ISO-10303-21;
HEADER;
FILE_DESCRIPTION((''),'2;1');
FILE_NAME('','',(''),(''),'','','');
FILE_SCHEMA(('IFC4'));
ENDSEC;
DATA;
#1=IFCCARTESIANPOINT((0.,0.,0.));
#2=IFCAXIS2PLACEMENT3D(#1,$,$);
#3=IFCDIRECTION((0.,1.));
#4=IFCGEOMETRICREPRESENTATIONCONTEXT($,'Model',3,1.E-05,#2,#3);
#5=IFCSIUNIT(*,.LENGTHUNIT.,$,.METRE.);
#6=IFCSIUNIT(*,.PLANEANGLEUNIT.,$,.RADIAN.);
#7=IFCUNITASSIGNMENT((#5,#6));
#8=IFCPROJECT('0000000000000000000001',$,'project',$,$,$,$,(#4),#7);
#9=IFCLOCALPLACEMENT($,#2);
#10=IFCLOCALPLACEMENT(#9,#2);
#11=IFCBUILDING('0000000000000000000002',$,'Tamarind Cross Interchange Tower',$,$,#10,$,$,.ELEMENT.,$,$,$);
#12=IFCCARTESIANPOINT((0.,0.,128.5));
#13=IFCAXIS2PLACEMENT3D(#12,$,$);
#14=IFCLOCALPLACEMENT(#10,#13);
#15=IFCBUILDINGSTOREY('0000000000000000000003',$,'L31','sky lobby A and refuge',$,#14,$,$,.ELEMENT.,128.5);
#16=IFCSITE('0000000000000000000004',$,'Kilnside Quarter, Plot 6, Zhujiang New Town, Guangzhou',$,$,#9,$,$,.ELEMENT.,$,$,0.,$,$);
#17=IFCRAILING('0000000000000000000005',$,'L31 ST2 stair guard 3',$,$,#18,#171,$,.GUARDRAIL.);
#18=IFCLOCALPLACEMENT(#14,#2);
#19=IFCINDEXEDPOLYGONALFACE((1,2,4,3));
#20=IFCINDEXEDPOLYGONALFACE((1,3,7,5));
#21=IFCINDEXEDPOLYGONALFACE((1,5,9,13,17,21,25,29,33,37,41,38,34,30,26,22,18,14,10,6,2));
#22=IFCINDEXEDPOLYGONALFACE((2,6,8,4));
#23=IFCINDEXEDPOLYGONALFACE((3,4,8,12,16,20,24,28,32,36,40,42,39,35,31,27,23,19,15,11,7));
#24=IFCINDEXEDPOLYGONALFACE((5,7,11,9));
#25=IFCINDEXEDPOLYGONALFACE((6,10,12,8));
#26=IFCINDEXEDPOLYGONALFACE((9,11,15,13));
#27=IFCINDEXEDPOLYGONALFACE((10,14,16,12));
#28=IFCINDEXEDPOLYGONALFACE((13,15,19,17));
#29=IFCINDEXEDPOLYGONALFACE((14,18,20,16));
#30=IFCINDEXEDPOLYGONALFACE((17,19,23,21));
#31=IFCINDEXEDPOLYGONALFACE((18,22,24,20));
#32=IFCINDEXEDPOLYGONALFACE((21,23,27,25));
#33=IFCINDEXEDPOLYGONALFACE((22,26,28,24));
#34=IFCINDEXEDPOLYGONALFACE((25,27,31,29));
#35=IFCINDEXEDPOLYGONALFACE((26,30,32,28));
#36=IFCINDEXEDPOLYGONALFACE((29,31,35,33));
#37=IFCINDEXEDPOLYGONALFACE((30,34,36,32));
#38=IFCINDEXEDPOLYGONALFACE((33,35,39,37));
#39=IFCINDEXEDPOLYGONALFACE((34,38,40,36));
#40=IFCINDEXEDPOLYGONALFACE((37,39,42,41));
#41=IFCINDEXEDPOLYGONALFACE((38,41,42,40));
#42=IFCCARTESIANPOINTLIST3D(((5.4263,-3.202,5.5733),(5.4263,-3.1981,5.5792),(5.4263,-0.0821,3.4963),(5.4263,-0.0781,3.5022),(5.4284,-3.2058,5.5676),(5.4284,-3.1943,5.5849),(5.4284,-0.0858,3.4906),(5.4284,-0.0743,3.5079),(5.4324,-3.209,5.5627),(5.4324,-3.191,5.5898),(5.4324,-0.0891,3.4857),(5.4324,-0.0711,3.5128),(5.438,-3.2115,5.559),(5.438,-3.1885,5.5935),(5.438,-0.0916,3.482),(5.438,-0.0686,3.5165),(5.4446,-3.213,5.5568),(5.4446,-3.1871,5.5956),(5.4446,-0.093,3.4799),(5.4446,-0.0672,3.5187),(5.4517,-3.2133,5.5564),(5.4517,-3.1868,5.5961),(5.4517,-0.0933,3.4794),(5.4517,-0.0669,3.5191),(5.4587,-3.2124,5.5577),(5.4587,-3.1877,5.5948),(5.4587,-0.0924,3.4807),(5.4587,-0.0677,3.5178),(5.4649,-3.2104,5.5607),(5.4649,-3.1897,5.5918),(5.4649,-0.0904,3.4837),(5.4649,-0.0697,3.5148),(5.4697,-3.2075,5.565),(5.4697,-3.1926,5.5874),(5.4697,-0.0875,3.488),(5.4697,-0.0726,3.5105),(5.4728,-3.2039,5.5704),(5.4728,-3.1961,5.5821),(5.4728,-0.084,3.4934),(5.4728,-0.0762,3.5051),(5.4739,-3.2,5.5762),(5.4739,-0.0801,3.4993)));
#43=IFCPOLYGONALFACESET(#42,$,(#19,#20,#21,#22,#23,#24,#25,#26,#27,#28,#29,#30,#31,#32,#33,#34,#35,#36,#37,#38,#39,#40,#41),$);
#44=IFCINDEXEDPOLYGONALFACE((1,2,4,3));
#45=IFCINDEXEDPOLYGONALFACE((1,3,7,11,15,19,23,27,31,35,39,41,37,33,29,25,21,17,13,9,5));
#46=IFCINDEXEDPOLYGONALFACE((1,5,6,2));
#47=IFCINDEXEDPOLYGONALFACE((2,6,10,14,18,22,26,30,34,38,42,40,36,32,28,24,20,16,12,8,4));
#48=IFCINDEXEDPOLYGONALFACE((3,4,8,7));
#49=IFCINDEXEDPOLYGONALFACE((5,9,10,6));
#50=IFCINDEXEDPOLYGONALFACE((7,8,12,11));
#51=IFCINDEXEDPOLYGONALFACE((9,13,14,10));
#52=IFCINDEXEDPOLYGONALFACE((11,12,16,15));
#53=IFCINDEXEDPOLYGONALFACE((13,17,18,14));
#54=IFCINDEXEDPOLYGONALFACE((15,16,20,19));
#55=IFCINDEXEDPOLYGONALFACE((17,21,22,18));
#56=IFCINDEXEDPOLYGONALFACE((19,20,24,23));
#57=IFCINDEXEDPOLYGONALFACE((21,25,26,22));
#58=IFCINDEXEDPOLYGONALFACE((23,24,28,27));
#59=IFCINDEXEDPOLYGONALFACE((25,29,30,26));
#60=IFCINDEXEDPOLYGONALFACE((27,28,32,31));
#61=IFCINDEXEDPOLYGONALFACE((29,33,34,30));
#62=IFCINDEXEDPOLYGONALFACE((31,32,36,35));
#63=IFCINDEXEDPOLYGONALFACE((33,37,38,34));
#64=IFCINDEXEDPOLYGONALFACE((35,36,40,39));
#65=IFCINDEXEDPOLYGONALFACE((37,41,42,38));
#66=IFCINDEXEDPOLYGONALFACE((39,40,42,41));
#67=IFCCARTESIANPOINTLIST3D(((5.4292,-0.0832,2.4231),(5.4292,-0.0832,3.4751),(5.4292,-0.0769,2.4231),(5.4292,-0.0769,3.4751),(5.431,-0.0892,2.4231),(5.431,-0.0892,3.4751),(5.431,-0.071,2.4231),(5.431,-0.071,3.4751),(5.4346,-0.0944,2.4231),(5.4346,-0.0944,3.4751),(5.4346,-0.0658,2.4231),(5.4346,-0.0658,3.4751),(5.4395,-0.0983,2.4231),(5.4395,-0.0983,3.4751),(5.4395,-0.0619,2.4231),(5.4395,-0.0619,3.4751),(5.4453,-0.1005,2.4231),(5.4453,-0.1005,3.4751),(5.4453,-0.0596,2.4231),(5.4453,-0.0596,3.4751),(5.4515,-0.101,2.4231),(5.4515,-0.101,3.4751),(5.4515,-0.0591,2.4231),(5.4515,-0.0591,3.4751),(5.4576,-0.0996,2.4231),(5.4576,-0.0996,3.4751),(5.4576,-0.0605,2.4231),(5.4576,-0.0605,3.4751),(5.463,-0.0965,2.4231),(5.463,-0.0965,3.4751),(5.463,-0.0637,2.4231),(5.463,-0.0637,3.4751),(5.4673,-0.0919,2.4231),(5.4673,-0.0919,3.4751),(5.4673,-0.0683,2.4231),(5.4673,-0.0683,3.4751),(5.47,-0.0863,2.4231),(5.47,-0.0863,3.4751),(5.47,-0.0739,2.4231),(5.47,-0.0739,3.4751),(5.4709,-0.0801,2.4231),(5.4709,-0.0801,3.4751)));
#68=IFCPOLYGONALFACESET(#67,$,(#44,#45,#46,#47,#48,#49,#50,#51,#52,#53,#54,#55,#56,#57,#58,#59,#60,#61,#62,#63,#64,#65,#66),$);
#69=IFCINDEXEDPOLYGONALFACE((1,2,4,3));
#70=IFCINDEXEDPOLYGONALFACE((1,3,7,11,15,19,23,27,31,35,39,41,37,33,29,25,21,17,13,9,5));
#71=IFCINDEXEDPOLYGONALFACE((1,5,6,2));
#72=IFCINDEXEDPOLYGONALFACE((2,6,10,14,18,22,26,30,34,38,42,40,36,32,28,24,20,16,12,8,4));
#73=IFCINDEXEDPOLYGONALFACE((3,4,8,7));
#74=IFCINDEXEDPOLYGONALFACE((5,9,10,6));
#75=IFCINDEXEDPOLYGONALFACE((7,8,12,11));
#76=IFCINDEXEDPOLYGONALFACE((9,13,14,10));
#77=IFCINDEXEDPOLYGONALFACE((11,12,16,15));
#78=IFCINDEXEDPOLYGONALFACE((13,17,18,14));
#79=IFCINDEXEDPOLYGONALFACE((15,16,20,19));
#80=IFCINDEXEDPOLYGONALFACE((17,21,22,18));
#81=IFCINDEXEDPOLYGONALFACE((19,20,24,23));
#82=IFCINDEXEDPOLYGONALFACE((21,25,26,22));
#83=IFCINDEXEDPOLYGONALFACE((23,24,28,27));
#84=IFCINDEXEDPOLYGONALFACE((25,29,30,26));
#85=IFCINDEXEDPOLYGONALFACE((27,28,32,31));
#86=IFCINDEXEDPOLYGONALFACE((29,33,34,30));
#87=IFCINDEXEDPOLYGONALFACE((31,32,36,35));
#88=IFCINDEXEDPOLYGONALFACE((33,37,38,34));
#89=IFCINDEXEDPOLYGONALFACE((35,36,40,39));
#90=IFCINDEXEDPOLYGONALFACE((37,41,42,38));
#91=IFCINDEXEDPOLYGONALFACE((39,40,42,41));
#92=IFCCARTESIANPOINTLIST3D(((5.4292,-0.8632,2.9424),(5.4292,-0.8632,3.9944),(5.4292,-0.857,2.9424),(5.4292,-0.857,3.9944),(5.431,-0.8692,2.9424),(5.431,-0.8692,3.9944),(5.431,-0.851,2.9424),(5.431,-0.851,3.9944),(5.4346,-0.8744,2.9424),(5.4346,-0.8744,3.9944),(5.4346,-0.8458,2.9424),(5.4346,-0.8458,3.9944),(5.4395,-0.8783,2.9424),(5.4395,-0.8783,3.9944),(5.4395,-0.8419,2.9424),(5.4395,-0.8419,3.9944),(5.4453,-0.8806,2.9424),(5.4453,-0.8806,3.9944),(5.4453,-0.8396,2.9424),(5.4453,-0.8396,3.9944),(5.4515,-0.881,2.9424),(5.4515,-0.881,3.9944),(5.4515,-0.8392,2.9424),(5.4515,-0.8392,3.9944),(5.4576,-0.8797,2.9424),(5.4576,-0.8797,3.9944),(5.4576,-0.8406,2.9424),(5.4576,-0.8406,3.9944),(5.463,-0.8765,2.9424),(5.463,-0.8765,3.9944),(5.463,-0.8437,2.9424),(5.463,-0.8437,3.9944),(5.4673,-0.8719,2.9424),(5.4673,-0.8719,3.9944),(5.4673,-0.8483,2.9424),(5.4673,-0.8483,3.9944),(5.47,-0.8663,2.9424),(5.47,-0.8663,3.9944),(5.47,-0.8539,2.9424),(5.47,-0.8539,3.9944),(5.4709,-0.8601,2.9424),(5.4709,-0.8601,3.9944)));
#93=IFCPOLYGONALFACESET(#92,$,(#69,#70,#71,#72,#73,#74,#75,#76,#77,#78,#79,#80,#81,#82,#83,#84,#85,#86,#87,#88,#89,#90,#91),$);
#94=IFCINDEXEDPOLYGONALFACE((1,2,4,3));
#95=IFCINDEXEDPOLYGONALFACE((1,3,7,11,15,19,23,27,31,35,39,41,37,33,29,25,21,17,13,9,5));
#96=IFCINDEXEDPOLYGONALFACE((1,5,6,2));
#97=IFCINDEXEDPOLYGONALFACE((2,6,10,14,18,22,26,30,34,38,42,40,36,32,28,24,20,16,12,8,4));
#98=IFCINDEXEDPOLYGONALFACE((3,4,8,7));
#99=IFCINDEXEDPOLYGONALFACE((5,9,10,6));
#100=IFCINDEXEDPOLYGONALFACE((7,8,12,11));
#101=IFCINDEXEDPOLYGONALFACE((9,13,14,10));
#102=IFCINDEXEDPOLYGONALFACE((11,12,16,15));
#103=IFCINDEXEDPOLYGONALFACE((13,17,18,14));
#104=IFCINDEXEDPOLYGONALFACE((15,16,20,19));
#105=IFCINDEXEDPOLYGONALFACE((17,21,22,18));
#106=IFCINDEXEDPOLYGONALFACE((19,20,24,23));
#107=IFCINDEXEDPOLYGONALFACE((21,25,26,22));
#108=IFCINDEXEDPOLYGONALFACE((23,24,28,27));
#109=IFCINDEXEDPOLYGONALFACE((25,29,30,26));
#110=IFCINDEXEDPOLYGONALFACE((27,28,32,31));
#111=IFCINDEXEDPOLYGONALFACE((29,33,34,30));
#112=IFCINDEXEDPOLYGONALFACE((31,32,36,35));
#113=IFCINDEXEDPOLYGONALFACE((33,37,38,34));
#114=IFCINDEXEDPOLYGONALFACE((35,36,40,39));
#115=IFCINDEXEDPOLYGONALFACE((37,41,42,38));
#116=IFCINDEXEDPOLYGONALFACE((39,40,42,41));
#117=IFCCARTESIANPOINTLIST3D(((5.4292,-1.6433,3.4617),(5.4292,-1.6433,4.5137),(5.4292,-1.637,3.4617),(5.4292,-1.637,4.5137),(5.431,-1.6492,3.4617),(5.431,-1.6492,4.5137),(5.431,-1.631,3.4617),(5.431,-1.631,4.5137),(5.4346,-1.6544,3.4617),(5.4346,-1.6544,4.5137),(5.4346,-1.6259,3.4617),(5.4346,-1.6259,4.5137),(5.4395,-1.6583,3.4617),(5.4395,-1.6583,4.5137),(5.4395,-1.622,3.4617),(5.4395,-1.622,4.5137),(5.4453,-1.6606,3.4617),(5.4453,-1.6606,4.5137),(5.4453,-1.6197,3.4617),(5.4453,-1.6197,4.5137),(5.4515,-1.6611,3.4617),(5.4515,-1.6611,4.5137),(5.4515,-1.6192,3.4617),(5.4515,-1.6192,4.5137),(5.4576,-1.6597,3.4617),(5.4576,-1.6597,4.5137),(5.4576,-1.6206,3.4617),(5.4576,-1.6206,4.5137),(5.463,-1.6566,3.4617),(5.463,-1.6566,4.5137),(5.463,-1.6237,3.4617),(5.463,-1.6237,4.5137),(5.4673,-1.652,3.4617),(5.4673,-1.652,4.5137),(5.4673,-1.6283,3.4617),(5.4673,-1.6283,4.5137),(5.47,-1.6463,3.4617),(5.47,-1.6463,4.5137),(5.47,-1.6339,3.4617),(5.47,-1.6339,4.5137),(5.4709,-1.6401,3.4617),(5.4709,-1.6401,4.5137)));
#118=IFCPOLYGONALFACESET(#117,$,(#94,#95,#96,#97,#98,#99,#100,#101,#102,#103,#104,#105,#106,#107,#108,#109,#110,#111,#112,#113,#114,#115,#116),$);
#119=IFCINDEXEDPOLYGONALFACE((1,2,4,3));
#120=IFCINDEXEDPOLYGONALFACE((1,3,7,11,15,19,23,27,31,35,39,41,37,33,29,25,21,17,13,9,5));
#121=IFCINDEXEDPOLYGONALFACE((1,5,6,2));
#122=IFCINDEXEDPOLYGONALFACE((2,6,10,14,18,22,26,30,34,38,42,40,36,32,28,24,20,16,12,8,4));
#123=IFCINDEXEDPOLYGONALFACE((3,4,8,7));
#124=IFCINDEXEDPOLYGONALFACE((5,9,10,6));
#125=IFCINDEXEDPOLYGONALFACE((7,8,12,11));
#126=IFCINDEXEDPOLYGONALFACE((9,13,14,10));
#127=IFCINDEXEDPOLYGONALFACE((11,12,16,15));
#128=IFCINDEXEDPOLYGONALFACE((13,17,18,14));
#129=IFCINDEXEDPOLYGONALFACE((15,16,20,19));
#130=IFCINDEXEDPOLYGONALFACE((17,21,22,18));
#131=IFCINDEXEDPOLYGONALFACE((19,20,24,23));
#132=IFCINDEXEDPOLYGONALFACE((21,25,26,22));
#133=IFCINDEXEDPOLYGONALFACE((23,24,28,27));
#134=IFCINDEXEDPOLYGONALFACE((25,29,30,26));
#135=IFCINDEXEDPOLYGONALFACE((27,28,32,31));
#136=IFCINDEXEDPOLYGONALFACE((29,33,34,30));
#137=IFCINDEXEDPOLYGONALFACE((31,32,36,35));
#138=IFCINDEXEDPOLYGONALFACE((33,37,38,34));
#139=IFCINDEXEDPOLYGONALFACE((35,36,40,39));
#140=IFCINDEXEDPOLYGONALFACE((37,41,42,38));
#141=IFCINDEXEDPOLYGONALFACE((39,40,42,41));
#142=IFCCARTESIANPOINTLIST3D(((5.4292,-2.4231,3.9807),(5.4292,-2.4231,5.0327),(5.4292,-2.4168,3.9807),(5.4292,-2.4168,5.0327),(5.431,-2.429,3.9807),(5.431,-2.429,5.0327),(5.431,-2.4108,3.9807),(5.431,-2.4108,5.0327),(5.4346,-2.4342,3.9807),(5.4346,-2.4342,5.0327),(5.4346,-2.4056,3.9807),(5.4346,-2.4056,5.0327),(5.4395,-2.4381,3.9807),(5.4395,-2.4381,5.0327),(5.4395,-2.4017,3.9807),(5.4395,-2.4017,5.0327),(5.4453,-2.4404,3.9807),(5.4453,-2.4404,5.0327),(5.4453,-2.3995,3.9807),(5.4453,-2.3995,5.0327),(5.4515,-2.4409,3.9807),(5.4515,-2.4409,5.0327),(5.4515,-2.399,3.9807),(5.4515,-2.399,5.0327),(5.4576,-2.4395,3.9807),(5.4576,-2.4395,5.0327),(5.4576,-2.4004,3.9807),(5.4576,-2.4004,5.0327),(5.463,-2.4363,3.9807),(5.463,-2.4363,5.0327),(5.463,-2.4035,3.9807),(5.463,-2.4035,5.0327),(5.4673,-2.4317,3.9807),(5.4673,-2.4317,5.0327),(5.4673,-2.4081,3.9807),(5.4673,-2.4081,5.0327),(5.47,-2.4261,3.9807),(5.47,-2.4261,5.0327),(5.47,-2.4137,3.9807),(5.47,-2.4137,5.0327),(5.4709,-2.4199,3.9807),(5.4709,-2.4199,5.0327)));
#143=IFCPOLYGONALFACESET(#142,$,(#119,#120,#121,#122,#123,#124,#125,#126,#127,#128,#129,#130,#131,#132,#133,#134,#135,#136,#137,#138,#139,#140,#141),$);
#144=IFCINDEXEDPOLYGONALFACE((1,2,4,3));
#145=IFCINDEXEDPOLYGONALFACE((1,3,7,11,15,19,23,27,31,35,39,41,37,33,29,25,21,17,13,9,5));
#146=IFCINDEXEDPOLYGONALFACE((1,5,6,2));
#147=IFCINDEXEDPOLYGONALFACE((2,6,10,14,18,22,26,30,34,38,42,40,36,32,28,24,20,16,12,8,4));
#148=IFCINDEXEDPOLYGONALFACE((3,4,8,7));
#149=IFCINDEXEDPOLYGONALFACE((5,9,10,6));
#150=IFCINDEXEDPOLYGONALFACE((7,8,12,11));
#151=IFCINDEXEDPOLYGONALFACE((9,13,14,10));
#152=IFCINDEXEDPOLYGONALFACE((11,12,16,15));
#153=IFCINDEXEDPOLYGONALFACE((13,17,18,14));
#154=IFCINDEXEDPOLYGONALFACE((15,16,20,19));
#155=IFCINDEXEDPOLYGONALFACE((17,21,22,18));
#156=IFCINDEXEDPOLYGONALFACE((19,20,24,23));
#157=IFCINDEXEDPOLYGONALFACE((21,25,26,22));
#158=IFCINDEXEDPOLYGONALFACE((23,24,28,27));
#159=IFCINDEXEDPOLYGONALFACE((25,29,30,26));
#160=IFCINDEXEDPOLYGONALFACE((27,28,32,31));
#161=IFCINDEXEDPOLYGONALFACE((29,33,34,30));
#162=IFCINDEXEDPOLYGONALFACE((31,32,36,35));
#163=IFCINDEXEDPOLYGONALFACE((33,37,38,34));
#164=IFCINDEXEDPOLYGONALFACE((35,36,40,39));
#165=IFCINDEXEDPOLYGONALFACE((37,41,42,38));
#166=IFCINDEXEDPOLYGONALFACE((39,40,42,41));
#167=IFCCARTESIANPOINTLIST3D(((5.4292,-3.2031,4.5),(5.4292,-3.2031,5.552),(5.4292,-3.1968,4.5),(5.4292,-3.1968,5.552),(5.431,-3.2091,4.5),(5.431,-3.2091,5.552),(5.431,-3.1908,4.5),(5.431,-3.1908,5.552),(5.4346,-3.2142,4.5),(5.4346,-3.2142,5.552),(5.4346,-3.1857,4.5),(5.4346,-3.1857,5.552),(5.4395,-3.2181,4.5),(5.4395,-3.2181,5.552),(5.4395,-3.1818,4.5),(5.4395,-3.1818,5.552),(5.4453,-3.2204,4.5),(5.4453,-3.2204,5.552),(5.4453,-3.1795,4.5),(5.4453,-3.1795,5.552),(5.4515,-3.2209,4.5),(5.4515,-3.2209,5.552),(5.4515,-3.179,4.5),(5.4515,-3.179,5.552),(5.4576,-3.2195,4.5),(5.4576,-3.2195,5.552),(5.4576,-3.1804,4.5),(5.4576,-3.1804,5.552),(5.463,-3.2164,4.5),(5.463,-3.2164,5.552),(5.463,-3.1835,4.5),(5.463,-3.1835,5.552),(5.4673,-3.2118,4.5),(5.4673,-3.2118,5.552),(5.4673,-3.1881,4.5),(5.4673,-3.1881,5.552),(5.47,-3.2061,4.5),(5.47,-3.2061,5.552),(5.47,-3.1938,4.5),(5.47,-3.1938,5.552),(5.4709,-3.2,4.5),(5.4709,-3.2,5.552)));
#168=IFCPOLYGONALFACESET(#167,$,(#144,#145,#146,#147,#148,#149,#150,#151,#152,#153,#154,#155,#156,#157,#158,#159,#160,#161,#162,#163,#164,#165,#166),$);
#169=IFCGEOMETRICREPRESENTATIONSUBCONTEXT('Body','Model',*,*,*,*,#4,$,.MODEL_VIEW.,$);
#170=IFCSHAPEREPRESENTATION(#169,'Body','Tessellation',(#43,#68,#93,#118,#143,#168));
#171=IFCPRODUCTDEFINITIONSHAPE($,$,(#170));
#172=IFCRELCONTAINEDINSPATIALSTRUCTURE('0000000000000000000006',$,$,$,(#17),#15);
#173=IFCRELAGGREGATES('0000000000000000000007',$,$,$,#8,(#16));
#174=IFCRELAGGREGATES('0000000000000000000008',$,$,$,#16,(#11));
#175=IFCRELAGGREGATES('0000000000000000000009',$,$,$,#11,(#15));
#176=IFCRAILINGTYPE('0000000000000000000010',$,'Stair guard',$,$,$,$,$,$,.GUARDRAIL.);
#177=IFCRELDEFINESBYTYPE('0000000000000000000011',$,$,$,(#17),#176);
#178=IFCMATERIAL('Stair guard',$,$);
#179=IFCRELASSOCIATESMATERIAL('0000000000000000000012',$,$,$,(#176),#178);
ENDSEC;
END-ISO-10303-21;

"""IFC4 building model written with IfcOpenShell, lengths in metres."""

from ifc_helpers import new_model, si_unit, direction, frame, origin, origin_2d, place, context, subcontext, project, spatial, circle, extrude, material, type_object, element, save


model = new_model("IFC4")

# Units and contexts
model_context = context("Model", 3, precision=1e-05, world=origin(), true_north=direction((0.0, 1.0)))
body_context = subcontext(model_context, "Body", "Model", "MODEL_VIEW")
ifc_project = project(units=[si_unit("LENGTHUNIT", "METRE"), si_unit("PLANEANGLEUNIT", "RADIAN")], contexts=[model_context])

# Site, building, storey
site_placement = place(None, origin())
site = spatial("IfcSite", under=ifc_project, at=site_placement, Name="Kilnside Quarter, Plot 6, Zhujiang New Town, Guangzhou", CompositionType="ELEMENT", RefElevation=0.0)
building_placement = place(site_placement, origin())
building = spatial("IfcBuilding", under=site, at=building_placement, Name="Tamarind Cross Interchange Tower", CompositionType="ELEMENT")
storey_placement = place(building_placement, frame((0.0, 0.0, 128.5)))
storey = spatial("IfcBuildingStorey", under=building, at=storey_placement, Name="L31", Description="sky lobby A and refuge", CompositionType="ELEMENT", Elevation=128.5)

# Railing
ifc_material_1 = material(Name="Stair guard")
railing_type_1 = type_object("IfcRailingType", Name="Stair guard", PredefinedType="GUARDRAIL", material=ifc_material_1)
railing_1_placement = place(storey_placement, frame((5.45, -0.0801, 2.4231)))
element("IfcRailing", 1, at=railing_1_placement, inside=storey, type_object=railing_type_1, Name="L31 ST2 stair guard 3", PredefinedType="GUARDRAIL", context=body_context, shape_type="SweptSolid", body=[
    extrude(circle(Radius=0.0239, at=origin_2d()), frame((0.0, 0.0, 1.0762), z_axis=(0.0, -0.832421, 0.554144), x_axis=(1.0, 0.0, 0.0)), (0.0, 0.0, 1.0), 3.748),
    extrude(circle(Radius=0.021, at=origin_2d()), origin(), (0.0, 0.0, 1.0), 1.052),
    extrude(circle(Radius=0.021, at=origin_2d()), frame((0.0, -0.78, 0.5193)), (0.0, 0.0, 1.0), 1.052),
    extrude(circle(Radius=0.021, at=origin_2d()), frame((0.0, -1.5601, 1.0386)), (0.0, 0.0, 1.0), 1.052),
    extrude(circle(Radius=0.021, at=origin_2d()), frame((0.0, -2.3398, 1.5576)), (0.0, 0.0, 1.0), 1.052),
    extrude(circle(Radius=0.021, at=origin_2d()), frame((0.0, -3.1199, 2.0769)), (0.0, 0.0, 1.0), 1.052),
])

save(model, "model.ifc")
